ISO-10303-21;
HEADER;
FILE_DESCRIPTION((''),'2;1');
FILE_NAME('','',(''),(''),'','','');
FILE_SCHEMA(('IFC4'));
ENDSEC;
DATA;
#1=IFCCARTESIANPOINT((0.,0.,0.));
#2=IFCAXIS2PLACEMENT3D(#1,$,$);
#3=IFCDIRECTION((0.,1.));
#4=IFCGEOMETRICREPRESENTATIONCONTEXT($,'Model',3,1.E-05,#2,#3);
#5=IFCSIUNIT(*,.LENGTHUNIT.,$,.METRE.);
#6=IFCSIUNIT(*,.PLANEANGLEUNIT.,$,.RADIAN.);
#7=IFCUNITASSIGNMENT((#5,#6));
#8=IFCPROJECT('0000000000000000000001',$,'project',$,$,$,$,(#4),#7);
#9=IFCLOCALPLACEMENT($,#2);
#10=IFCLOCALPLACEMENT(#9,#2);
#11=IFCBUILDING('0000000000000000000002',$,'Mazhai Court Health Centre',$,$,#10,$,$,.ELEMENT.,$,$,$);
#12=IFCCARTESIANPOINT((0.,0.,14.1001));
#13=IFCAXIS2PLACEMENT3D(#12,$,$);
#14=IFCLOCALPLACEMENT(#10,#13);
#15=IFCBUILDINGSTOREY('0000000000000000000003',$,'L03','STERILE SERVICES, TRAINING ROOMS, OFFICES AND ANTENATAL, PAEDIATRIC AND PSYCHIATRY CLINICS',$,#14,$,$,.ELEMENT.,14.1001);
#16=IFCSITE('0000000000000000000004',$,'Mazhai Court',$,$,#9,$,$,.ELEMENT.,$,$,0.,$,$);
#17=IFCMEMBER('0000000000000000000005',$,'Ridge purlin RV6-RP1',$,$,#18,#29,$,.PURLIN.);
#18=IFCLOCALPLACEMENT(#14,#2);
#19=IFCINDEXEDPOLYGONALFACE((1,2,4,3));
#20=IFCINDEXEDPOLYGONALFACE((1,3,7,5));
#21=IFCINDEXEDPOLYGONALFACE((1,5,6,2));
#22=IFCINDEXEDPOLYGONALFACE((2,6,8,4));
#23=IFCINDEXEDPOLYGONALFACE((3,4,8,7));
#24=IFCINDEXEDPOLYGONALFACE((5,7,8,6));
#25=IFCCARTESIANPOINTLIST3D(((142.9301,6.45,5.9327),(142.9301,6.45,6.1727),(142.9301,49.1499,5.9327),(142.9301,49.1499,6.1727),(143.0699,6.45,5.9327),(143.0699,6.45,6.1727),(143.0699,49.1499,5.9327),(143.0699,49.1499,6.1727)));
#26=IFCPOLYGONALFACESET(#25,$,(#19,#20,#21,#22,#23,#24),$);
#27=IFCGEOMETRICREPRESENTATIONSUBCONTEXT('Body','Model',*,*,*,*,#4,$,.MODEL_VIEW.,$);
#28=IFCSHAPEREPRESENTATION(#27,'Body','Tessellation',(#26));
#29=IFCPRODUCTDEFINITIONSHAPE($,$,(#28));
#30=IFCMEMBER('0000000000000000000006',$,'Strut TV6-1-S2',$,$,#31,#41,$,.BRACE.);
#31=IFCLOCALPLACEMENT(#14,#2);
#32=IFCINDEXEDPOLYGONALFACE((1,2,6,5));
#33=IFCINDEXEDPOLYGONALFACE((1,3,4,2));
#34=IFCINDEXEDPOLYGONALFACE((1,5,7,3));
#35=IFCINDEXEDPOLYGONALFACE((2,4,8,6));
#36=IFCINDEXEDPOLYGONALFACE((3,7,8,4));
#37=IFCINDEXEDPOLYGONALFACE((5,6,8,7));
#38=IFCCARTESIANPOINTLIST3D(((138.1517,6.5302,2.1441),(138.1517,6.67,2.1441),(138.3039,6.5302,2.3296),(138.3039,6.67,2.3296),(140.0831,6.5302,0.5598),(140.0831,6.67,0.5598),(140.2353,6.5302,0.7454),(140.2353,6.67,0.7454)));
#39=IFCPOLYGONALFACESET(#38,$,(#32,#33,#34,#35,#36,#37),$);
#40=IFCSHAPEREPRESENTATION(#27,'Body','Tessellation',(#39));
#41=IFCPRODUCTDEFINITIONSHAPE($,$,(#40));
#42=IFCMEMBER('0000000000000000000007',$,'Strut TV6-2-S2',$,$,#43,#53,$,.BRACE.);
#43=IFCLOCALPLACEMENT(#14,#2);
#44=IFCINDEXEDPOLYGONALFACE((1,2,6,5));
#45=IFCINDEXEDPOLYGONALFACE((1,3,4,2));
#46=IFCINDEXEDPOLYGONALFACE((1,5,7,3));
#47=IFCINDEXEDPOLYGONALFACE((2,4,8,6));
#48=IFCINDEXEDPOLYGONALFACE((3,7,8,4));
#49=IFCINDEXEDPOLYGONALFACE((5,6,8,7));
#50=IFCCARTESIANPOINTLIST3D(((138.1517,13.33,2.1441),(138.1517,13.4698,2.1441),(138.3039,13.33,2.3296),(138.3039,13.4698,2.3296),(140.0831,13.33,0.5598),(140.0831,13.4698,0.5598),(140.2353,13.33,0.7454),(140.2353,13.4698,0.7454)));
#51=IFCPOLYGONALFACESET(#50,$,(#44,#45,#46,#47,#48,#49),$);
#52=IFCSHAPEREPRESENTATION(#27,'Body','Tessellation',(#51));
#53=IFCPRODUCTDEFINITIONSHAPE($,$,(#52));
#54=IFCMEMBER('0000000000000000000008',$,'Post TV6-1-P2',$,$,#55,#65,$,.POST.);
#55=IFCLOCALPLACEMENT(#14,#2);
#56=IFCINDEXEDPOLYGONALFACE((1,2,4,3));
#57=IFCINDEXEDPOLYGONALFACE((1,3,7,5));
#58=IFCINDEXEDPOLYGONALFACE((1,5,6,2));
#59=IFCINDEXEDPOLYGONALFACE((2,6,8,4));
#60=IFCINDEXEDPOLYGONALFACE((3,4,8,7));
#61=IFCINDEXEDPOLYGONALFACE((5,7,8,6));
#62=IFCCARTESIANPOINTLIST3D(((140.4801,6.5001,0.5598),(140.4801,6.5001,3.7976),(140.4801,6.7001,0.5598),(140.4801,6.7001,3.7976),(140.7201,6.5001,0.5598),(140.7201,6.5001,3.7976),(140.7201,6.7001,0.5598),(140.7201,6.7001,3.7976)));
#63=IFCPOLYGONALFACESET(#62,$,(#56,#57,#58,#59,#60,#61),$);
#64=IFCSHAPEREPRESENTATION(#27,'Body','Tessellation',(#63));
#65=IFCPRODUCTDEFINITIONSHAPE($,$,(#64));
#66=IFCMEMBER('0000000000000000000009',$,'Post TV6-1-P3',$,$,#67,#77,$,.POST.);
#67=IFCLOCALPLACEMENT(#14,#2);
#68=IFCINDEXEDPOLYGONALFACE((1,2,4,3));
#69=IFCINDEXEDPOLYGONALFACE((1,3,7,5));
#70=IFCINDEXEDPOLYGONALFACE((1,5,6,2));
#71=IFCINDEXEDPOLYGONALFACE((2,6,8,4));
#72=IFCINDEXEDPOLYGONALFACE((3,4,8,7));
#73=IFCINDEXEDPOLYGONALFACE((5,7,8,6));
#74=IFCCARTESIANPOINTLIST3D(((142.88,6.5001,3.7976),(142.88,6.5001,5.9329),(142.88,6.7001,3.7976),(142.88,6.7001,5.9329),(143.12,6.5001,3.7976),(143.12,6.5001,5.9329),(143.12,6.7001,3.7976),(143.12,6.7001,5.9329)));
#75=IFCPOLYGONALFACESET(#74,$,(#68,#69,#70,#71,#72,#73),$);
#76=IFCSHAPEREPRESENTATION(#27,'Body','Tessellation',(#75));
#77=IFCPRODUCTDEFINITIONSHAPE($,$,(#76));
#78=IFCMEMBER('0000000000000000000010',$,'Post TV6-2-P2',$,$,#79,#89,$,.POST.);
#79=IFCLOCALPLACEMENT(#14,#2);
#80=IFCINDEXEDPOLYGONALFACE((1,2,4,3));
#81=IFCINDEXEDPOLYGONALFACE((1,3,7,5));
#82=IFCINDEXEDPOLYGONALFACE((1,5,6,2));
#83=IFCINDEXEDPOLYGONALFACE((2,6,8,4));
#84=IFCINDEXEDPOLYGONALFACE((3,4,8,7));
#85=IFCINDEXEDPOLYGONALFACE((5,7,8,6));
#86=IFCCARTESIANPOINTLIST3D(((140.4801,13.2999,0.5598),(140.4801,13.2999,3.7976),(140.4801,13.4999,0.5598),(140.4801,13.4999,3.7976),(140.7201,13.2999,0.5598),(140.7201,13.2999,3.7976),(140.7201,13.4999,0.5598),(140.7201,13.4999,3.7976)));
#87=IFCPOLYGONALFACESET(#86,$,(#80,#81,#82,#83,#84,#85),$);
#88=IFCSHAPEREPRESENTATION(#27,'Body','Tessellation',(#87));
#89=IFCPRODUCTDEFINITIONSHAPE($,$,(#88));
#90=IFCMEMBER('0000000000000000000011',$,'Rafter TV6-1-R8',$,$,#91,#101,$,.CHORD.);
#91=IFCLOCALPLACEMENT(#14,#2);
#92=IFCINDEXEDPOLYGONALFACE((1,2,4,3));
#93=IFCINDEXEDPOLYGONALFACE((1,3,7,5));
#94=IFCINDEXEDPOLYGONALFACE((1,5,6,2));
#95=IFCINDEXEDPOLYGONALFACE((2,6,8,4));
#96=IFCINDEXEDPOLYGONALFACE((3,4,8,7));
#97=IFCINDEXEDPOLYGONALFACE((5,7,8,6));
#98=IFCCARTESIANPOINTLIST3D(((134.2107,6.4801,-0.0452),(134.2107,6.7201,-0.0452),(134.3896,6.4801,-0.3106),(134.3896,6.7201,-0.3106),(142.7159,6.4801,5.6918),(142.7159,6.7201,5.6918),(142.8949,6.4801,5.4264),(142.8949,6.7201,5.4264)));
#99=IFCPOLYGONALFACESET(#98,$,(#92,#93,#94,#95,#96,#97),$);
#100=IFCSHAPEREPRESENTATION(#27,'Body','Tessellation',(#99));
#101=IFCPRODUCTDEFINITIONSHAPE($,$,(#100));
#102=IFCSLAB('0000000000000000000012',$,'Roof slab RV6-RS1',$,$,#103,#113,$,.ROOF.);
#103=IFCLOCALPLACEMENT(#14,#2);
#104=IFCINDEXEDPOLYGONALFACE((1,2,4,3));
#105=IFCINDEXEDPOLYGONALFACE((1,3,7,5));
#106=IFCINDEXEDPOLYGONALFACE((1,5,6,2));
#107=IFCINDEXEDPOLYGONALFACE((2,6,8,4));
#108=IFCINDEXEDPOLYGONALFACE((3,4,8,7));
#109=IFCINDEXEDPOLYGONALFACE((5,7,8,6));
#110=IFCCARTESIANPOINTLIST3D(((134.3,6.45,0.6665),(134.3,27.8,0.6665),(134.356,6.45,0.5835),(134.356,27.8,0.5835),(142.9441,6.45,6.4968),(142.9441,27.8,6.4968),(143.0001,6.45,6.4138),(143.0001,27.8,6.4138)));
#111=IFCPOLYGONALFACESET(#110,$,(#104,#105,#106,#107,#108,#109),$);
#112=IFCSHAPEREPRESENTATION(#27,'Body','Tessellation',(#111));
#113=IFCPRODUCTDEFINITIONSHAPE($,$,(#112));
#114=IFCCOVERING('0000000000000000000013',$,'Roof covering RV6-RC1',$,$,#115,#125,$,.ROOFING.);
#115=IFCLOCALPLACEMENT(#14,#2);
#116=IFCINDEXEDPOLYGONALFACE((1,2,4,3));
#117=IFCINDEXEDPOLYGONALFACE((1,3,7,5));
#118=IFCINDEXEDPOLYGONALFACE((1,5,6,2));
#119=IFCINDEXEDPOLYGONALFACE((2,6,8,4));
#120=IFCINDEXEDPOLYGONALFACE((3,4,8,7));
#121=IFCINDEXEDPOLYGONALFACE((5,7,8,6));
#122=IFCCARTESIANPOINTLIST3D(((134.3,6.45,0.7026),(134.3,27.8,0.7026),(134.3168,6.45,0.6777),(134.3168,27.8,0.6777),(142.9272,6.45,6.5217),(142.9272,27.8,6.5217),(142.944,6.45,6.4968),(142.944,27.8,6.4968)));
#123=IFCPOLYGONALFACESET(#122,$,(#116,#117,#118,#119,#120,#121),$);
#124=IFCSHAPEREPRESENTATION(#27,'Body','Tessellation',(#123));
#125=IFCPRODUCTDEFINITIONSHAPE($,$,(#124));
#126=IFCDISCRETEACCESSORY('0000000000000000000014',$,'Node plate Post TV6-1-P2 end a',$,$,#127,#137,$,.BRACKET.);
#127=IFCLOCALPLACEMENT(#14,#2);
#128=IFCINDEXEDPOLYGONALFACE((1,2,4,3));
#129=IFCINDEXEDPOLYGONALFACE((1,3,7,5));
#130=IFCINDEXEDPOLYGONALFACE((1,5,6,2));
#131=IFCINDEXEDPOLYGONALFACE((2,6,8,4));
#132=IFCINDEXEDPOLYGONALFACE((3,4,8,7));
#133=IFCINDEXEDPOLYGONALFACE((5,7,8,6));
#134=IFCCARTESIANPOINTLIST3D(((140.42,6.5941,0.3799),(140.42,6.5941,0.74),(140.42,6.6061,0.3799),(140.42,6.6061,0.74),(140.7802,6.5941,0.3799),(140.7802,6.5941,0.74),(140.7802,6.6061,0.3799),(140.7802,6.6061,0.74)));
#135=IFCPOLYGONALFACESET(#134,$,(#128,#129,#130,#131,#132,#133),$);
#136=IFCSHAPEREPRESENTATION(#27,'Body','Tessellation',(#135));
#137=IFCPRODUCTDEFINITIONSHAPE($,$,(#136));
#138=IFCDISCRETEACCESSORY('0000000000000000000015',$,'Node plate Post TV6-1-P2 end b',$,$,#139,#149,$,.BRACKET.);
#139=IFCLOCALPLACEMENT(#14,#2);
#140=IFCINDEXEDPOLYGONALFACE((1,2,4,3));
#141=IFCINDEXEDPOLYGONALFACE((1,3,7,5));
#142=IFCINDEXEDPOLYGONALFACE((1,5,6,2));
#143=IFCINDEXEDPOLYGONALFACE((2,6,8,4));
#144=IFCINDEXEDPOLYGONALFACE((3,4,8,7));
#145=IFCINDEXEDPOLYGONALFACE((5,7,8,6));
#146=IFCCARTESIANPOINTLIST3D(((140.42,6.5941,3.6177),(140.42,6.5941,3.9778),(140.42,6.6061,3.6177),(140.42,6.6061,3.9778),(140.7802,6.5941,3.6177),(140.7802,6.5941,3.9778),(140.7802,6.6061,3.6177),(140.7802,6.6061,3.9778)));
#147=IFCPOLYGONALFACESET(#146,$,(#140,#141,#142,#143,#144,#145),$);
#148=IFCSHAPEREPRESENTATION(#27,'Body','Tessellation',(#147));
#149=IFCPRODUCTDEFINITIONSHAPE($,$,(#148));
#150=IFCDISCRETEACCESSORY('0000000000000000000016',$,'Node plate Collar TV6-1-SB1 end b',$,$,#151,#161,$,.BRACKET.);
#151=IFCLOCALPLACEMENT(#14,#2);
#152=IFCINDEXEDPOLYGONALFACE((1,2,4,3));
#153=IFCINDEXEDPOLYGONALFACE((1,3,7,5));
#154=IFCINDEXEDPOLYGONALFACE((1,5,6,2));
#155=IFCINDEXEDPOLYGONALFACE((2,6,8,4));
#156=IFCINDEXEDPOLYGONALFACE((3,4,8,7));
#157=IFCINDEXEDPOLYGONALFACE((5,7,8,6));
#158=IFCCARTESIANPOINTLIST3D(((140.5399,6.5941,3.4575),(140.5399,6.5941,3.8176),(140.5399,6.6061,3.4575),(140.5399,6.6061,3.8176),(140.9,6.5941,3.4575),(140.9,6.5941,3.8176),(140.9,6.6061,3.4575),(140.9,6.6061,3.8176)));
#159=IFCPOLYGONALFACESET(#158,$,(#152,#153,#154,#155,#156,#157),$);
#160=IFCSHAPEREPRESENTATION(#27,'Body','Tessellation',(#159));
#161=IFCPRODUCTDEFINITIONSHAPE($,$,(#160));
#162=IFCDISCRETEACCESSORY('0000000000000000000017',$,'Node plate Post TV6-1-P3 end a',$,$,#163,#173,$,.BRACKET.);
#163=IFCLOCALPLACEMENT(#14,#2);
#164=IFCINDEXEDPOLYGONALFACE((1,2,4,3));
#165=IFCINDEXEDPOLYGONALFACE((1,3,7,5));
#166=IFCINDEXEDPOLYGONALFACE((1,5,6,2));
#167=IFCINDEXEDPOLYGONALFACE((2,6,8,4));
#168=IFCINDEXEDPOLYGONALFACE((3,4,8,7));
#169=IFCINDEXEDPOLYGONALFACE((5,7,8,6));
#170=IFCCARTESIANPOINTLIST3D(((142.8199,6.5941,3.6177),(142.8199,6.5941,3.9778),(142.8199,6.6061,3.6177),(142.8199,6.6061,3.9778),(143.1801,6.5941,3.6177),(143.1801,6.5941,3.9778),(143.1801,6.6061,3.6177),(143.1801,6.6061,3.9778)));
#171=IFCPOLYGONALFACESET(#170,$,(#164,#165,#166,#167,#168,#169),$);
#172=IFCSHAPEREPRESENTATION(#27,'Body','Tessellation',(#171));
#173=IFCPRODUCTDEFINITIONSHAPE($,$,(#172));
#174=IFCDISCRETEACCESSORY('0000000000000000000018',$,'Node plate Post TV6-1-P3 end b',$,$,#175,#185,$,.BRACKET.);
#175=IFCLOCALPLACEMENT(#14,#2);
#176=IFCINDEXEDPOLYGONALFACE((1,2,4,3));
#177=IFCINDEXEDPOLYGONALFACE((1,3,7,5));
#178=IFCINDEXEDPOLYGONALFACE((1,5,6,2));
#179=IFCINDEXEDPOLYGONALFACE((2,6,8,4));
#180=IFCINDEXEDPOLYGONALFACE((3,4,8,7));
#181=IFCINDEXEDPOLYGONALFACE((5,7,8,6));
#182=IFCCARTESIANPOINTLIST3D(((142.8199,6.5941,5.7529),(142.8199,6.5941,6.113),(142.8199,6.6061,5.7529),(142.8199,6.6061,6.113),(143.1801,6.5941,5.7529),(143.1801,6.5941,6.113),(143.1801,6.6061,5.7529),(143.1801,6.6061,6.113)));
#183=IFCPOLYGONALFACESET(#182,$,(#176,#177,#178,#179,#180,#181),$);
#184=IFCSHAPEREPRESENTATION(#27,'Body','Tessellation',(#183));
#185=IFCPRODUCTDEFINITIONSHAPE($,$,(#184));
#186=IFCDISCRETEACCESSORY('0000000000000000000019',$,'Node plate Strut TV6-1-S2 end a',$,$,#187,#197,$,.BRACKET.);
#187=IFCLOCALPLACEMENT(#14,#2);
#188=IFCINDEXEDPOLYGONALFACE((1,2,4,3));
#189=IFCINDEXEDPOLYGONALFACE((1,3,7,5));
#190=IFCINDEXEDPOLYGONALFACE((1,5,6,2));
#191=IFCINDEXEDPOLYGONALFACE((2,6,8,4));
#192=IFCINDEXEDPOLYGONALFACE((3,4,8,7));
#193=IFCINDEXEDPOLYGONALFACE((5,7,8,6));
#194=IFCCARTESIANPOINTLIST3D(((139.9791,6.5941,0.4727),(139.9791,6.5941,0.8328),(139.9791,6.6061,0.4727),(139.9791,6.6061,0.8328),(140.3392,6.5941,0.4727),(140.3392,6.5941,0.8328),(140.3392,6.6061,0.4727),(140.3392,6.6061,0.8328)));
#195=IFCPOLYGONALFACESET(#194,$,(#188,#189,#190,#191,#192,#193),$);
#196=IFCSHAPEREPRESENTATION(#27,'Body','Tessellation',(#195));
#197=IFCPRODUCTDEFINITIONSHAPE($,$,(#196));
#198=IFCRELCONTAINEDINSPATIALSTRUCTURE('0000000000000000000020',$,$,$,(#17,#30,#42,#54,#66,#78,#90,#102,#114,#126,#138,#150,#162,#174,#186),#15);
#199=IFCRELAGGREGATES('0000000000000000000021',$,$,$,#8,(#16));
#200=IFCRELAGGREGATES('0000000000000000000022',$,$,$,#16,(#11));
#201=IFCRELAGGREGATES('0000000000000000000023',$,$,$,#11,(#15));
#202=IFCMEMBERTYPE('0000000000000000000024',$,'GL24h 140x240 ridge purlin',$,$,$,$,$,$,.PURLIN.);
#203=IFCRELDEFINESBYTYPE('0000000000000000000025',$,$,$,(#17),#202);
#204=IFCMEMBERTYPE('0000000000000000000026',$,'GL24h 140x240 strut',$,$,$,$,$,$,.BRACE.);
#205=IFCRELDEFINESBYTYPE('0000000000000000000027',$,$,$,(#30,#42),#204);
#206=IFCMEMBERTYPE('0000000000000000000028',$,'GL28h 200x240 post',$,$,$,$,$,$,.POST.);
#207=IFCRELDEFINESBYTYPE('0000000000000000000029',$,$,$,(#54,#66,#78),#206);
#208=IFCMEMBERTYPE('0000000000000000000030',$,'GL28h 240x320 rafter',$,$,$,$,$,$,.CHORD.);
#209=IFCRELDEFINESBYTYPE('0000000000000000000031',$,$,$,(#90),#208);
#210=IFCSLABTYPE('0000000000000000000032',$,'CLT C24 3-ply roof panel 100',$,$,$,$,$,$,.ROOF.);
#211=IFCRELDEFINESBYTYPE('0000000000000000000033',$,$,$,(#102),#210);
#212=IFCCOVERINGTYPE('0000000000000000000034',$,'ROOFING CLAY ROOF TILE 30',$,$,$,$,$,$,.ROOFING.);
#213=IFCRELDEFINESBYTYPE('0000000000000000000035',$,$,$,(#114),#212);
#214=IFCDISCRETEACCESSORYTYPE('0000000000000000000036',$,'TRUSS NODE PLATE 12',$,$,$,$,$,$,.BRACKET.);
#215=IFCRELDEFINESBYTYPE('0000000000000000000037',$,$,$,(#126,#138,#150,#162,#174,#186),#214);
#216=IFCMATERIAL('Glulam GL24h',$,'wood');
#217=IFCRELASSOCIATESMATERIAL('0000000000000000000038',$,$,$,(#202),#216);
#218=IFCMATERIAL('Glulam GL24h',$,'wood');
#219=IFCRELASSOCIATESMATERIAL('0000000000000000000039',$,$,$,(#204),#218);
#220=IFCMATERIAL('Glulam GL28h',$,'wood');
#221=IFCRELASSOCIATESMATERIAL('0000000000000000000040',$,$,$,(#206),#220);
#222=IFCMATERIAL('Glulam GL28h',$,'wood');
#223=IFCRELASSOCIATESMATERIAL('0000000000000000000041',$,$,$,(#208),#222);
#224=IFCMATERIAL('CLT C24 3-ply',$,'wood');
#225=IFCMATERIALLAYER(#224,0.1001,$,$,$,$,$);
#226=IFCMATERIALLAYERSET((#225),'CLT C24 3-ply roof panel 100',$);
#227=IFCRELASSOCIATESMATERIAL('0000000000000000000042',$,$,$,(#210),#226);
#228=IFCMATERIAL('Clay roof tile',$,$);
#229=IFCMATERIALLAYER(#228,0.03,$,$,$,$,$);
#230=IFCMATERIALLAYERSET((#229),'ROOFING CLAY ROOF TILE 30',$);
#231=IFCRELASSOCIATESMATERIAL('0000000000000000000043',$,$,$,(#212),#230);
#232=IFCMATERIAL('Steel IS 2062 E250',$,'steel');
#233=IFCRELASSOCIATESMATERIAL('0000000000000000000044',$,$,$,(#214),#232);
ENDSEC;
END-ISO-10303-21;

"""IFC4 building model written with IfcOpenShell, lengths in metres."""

from ifc_helpers import new_model, si_unit, direction, frame, origin, origin_2d, place, context, subcontext, project, spatial, polyline, rectangle, outline, extrude, material, layer, layer_set, material_profile, profile_set, type_object, element, save


model = new_model("IFC4")

# Units and contexts
model_context = context("Model", 3, precision=1e-05, world=origin(), true_north=direction((0.0, 1.0)))
body_context = subcontext(model_context, "Body", "Model", "MODEL_VIEW")
ifc_project = project(units=[si_unit("LENGTHUNIT", "METRE"), si_unit("PLANEANGLEUNIT", "RADIAN")], contexts=[model_context])

# Site, building, storey
site_placement = place(None, origin())
site = spatial("IfcSite", under=ifc_project, at=site_placement, Name="Mazhai Court", CompositionType="ELEMENT", RefElevation=0.0)
building_placement = place(site_placement, origin())
building = spatial("IfcBuilding", under=site, at=building_placement, Name="Mazhai Court Health Centre", CompositionType="ELEMENT")
storey_placement = place(building_placement, frame((0.0, 0.0, 14.1001)))
storey = spatial("IfcBuildingStorey", under=building, at=storey_placement, Name="L03", Description="STERILE SERVICES, TRAINING ROOMS, OFFICES AND ANTENATAL, PAEDIATRIC AND PSYCHIATRY CLINICS", CompositionType="ELEMENT", Elevation=14.1001)

# Members
ifc_material_1 = material(Name="Glulam GL24h", Category="wood")
ifc_material_profile_1 = material_profile(ifc_material_1, rectangle(XDim=0.1399, YDim=0.24, at=origin_2d()), Name="GL24h 140x240")
ifc_profile_set_1 = profile_set([ifc_material_profile_1], Name="Glulam GL24h")
member_type_1 = type_object("IfcMemberType", Name="GL24h 140x240 ridge purlin", PredefinedType="PURLIN", material=ifc_profile_set_1)
member_1_placement = place(storey_placement, frame((143.0, 6.45, 6.0527), z_axis=(0.0, 1.0, 0.0), x_axis=(-1.0, 0.0, 0.0)))
element("IfcMember", 1, at=member_1_placement, inside=storey, type_object=member_type_1, Name="Ridge purlin RV6-RP1", PredefinedType="PURLIN", context=body_context, shape_type="SweptSolid", body=[
    extrude(rectangle(XDim=0.1399, YDim=0.24, at=origin_2d()), origin(), (0.0, 0.0, 1.0), 42.7),
])
ifc_material_2 = material(Name="Glulam GL24h", Category="wood")
ifc_material_profile_2 = material_profile(ifc_material_2, rectangle(XDim=0.1399, YDim=0.24, at=origin_2d()), Name="GL24h 140x240")
ifc_profile_set_2 = profile_set([ifc_material_profile_2], Name="Glulam GL24h")
member_type_2 = type_object("IfcMemberType", Name="GL24h 140x240 strut", PredefinedType="BRACE", material=ifc_profile_set_2)
for number, where, z_axis, x_axis, name in (
    (2, (140.1592, 6.6001, 0.6526), (-0.773173, 0.0, 0.634195), (0.0, -1.0, 0.0), "Strut TV6-1-S2"),
    (3, (140.1592, 13.3999, 0.6526), (-0.773173, 0.0, 0.634195), (0.0, -1.0, 0.0), "Strut TV6-2-S2"),
):
    element("IfcMember", number, at=place(storey_placement, frame(where, z_axis=z_axis, x_axis=x_axis)), inside=storey, type_object=member_type_2, Name=name, PredefinedType="BRACE", context=body_context, shape_type="SweptSolid", body=[
        extrude(rectangle(XDim=0.1399, YDim=0.24, at=origin_2d()), origin(), (0.0, 0.0, 1.0), 2.498),
    ])
ifc_material_3 = material(Name="Glulam GL28h", Category="wood")
ifc_material_profile_3 = material_profile(ifc_material_3, rectangle(XDim=0.2, YDim=0.24, at=origin_2d()), Name="GL28h 200x240")
ifc_profile_set_3 = profile_set([ifc_material_profile_3], Name="Glulam GL28h")
member_type_3 = type_object("IfcMemberType", Name="GL28h 200x240 post", PredefinedType="POST", material=ifc_profile_set_3)
member_2_placement = place(storey_placement, frame((140.6001, 6.6001, 0.5598), z_axis=(0.0, 0.0, 1.0), x_axis=(0.0, 1.0, 0.0)))
element("IfcMember", 4, at=member_2_placement, inside=storey, type_object=member_type_3, Name="Post TV6-1-P2", PredefinedType="POST", context=body_context, shape_type="SweptSolid", body=[
    extrude(rectangle(XDim=0.2, YDim=0.24, at=origin_2d()), origin(), (0.0, 0.0, 1.0), 3.2378),
])
member_3_placement = place(storey_placement, frame((143.0, 6.6001, 3.7976), z_axis=(0.0, 0.0, 1.0), x_axis=(0.0, 1.0, 0.0)))
element("IfcMember", 5, at=member_3_placement, inside=storey, type_object=member_type_3, Name="Post TV6-1-P3", PredefinedType="POST", context=body_context, shape_type="SweptSolid", body=[
    extrude(rectangle(XDim=0.2, YDim=0.24, at=origin_2d()), origin(), (0.0, 0.0, 1.0), 2.1353),
])
member_4_placement = place(storey_placement, frame((140.6001, 13.3999, 0.5598), z_axis=(0.0, 0.0, 1.0), x_axis=(0.0, 1.0, 0.0)))
element("IfcMember", 6, at=member_4_placement, inside=storey, type_object=member_type_3, Name="Post TV6-2-P2", PredefinedType="POST", context=body_context, shape_type="SweptSolid", body=[
    extrude(rectangle(XDim=0.2, YDim=0.24, at=origin_2d()), origin(), (0.0, 0.0, 1.0), 3.2378),
])
ifc_material_4 = material(Name="Glulam GL28h", Category="wood")
ifc_material_profile_4 = material_profile(ifc_material_4, rectangle(XDim=0.24, YDim=0.3201, at=origin_2d()), Name="GL28h 240x320")
ifc_profile_set_4 = profile_set([ifc_material_profile_4], Name="Glulam GL28h")
member_type_4 = type_object("IfcMemberType", Name="GL28h 240x320 rafter", PredefinedType="CHORD", material=ifc_profile_set_4)
member_5_placement = place(storey_placement, frame((142.8054, 6.6001, 5.5591), z_axis=(-0.829032, 0.0, -0.559201), x_axis=(0.0, -1.0, 0.0)))
element("IfcMember", 7, at=member_5_placement, inside=storey, type_object=member_type_4, Name="Rafter TV6-1-R8", PredefinedType="CHORD", context=body_context, shape_type="SweptSolid", body=[
    extrude(rectangle(XDim=0.24, YDim=0.3201, at=origin_2d()), origin(), (0.0, 0.0, 1.0), 10.2593),
])

# Slab
ifc_material_5 = material(Name="CLT C24 3-ply", Category="wood")
ifc_layer_1 = layer(ifc_material_5, 0.1001)
ifc_layer_set_1 = layer_set([ifc_layer_1], Name="CLT C24 3-ply roof panel 100")
slab_type = type_object("IfcSlabType", Name="CLT C24 3-ply roof panel 100", PredefinedType="ROOF", material=ifc_layer_set_1)
slab_placement = place(storey_placement, frame((142.9441, 6.45, 6.4968), z_axis=(-0.559182, 0.0, 0.829045), x_axis=(-0.829045, 0.0, -0.559182)))
element("IfcSlab", 8, at=slab_placement, inside=storey, type_object=slab_type, Name="Roof slab RV6-RS1", PredefinedType="ROOF", context=body_context, shape_type="SweptSolid", body=[
    extrude(outline(polyline([(0.0, 0.0), (10.4265, 0.0), (10.4265, -21.3501), (0.0, -21.3501), (0.0, 0.0)])), origin(), (0.0, 0.0, -1.0), 0.1001),
])

# Covering
ifc_material_6 = material(Name="Clay roof tile")
ifc_layer_2 = layer(ifc_material_6, 0.03)
ifc_layer_set_2 = layer_set([ifc_layer_2], Name="ROOFING CLAY ROOF TILE 30")
covering_type = type_object("IfcCoveringType", Name="ROOFING CLAY ROOF TILE 30", PredefinedType="ROOFING", material=ifc_layer_set_2)
covering_placement = place(storey_placement, frame((142.9272, 6.45, 6.5217), z_axis=(-0.559191, 0.0, 0.829039), x_axis=(-0.829039, 0.0, -0.559191)))
element("IfcCovering", 9, at=covering_placement, inside=storey, type_object=covering_type, Name="Roof covering RV6-RC1", PredefinedType="ROOFING", context=body_context, shape_type="SweptSolid", body=[
    extrude(outline(polyline([(0.0, 0.0), (10.4063, 0.0), (10.4063, -21.3501), (0.0, -21.3501), (0.0, 0.0)])), origin(), (0.0, 0.0, -1.0), 0.03),
])

# Discrete accessories
ifc_material_7 = material(Name="Steel IS 2062 E250", Category="steel")
discrete_accessory_type = type_object("IfcDiscreteAccessoryType", Name="TRUSS NODE PLATE 12", PredefinedType="BRACKET", material=ifc_material_7)
for number, where, z_axis, x_axis, name in (
    (10, (140.6001, 6.6001, 0.3799), (0.0, 0.0, 1.0), (1.0, 0.0, 0.0), "Node plate Post TV6-1-P2 end a"),
    (11, (140.6001, 6.6001, 3.6177), (0.0, 0.0, 1.0), (1.0, 0.0, 0.0), "Node plate Post TV6-1-P2 end b"),
    (12, (140.72, 6.6001, 3.4575), (0.0, 0.0, 1.0), (1.0, 0.0, 0.0), "Node plate Collar TV6-1-SB1 end b"),
    (13, (143.0, 6.6001, 3.6177), (0.0, 0.0, 1.0), (1.0, 0.0, 0.0), "Node plate Post TV6-1-P3 end a"),
    (14, (143.0, 6.6001, 5.7529), (0.0, 0.0, 1.0), (1.0, 0.0, 0.0), "Node plate Post TV6-1-P3 end b"),
    (15, (140.1592, 6.6001, 0.4727), (0.0, 0.0, 1.0), (1.0, 0.0, 0.0), "Node plate Strut TV6-1-S2 end a"),
):
    element("IfcDiscreteAccessory", number, at=place(storey_placement, frame(where, z_axis=z_axis, x_axis=x_axis)), inside=storey, type_object=discrete_accessory_type, Name=name, PredefinedType="BRACKET", context=body_context, shape_type="SweptSolid", body=[
        extrude(rectangle(XDim=0.3601, YDim=0.012, at=origin_2d()), origin(), (0.0, 0.0, 1.0), 0.3601),
    ])

save(model, "model.ifc")
